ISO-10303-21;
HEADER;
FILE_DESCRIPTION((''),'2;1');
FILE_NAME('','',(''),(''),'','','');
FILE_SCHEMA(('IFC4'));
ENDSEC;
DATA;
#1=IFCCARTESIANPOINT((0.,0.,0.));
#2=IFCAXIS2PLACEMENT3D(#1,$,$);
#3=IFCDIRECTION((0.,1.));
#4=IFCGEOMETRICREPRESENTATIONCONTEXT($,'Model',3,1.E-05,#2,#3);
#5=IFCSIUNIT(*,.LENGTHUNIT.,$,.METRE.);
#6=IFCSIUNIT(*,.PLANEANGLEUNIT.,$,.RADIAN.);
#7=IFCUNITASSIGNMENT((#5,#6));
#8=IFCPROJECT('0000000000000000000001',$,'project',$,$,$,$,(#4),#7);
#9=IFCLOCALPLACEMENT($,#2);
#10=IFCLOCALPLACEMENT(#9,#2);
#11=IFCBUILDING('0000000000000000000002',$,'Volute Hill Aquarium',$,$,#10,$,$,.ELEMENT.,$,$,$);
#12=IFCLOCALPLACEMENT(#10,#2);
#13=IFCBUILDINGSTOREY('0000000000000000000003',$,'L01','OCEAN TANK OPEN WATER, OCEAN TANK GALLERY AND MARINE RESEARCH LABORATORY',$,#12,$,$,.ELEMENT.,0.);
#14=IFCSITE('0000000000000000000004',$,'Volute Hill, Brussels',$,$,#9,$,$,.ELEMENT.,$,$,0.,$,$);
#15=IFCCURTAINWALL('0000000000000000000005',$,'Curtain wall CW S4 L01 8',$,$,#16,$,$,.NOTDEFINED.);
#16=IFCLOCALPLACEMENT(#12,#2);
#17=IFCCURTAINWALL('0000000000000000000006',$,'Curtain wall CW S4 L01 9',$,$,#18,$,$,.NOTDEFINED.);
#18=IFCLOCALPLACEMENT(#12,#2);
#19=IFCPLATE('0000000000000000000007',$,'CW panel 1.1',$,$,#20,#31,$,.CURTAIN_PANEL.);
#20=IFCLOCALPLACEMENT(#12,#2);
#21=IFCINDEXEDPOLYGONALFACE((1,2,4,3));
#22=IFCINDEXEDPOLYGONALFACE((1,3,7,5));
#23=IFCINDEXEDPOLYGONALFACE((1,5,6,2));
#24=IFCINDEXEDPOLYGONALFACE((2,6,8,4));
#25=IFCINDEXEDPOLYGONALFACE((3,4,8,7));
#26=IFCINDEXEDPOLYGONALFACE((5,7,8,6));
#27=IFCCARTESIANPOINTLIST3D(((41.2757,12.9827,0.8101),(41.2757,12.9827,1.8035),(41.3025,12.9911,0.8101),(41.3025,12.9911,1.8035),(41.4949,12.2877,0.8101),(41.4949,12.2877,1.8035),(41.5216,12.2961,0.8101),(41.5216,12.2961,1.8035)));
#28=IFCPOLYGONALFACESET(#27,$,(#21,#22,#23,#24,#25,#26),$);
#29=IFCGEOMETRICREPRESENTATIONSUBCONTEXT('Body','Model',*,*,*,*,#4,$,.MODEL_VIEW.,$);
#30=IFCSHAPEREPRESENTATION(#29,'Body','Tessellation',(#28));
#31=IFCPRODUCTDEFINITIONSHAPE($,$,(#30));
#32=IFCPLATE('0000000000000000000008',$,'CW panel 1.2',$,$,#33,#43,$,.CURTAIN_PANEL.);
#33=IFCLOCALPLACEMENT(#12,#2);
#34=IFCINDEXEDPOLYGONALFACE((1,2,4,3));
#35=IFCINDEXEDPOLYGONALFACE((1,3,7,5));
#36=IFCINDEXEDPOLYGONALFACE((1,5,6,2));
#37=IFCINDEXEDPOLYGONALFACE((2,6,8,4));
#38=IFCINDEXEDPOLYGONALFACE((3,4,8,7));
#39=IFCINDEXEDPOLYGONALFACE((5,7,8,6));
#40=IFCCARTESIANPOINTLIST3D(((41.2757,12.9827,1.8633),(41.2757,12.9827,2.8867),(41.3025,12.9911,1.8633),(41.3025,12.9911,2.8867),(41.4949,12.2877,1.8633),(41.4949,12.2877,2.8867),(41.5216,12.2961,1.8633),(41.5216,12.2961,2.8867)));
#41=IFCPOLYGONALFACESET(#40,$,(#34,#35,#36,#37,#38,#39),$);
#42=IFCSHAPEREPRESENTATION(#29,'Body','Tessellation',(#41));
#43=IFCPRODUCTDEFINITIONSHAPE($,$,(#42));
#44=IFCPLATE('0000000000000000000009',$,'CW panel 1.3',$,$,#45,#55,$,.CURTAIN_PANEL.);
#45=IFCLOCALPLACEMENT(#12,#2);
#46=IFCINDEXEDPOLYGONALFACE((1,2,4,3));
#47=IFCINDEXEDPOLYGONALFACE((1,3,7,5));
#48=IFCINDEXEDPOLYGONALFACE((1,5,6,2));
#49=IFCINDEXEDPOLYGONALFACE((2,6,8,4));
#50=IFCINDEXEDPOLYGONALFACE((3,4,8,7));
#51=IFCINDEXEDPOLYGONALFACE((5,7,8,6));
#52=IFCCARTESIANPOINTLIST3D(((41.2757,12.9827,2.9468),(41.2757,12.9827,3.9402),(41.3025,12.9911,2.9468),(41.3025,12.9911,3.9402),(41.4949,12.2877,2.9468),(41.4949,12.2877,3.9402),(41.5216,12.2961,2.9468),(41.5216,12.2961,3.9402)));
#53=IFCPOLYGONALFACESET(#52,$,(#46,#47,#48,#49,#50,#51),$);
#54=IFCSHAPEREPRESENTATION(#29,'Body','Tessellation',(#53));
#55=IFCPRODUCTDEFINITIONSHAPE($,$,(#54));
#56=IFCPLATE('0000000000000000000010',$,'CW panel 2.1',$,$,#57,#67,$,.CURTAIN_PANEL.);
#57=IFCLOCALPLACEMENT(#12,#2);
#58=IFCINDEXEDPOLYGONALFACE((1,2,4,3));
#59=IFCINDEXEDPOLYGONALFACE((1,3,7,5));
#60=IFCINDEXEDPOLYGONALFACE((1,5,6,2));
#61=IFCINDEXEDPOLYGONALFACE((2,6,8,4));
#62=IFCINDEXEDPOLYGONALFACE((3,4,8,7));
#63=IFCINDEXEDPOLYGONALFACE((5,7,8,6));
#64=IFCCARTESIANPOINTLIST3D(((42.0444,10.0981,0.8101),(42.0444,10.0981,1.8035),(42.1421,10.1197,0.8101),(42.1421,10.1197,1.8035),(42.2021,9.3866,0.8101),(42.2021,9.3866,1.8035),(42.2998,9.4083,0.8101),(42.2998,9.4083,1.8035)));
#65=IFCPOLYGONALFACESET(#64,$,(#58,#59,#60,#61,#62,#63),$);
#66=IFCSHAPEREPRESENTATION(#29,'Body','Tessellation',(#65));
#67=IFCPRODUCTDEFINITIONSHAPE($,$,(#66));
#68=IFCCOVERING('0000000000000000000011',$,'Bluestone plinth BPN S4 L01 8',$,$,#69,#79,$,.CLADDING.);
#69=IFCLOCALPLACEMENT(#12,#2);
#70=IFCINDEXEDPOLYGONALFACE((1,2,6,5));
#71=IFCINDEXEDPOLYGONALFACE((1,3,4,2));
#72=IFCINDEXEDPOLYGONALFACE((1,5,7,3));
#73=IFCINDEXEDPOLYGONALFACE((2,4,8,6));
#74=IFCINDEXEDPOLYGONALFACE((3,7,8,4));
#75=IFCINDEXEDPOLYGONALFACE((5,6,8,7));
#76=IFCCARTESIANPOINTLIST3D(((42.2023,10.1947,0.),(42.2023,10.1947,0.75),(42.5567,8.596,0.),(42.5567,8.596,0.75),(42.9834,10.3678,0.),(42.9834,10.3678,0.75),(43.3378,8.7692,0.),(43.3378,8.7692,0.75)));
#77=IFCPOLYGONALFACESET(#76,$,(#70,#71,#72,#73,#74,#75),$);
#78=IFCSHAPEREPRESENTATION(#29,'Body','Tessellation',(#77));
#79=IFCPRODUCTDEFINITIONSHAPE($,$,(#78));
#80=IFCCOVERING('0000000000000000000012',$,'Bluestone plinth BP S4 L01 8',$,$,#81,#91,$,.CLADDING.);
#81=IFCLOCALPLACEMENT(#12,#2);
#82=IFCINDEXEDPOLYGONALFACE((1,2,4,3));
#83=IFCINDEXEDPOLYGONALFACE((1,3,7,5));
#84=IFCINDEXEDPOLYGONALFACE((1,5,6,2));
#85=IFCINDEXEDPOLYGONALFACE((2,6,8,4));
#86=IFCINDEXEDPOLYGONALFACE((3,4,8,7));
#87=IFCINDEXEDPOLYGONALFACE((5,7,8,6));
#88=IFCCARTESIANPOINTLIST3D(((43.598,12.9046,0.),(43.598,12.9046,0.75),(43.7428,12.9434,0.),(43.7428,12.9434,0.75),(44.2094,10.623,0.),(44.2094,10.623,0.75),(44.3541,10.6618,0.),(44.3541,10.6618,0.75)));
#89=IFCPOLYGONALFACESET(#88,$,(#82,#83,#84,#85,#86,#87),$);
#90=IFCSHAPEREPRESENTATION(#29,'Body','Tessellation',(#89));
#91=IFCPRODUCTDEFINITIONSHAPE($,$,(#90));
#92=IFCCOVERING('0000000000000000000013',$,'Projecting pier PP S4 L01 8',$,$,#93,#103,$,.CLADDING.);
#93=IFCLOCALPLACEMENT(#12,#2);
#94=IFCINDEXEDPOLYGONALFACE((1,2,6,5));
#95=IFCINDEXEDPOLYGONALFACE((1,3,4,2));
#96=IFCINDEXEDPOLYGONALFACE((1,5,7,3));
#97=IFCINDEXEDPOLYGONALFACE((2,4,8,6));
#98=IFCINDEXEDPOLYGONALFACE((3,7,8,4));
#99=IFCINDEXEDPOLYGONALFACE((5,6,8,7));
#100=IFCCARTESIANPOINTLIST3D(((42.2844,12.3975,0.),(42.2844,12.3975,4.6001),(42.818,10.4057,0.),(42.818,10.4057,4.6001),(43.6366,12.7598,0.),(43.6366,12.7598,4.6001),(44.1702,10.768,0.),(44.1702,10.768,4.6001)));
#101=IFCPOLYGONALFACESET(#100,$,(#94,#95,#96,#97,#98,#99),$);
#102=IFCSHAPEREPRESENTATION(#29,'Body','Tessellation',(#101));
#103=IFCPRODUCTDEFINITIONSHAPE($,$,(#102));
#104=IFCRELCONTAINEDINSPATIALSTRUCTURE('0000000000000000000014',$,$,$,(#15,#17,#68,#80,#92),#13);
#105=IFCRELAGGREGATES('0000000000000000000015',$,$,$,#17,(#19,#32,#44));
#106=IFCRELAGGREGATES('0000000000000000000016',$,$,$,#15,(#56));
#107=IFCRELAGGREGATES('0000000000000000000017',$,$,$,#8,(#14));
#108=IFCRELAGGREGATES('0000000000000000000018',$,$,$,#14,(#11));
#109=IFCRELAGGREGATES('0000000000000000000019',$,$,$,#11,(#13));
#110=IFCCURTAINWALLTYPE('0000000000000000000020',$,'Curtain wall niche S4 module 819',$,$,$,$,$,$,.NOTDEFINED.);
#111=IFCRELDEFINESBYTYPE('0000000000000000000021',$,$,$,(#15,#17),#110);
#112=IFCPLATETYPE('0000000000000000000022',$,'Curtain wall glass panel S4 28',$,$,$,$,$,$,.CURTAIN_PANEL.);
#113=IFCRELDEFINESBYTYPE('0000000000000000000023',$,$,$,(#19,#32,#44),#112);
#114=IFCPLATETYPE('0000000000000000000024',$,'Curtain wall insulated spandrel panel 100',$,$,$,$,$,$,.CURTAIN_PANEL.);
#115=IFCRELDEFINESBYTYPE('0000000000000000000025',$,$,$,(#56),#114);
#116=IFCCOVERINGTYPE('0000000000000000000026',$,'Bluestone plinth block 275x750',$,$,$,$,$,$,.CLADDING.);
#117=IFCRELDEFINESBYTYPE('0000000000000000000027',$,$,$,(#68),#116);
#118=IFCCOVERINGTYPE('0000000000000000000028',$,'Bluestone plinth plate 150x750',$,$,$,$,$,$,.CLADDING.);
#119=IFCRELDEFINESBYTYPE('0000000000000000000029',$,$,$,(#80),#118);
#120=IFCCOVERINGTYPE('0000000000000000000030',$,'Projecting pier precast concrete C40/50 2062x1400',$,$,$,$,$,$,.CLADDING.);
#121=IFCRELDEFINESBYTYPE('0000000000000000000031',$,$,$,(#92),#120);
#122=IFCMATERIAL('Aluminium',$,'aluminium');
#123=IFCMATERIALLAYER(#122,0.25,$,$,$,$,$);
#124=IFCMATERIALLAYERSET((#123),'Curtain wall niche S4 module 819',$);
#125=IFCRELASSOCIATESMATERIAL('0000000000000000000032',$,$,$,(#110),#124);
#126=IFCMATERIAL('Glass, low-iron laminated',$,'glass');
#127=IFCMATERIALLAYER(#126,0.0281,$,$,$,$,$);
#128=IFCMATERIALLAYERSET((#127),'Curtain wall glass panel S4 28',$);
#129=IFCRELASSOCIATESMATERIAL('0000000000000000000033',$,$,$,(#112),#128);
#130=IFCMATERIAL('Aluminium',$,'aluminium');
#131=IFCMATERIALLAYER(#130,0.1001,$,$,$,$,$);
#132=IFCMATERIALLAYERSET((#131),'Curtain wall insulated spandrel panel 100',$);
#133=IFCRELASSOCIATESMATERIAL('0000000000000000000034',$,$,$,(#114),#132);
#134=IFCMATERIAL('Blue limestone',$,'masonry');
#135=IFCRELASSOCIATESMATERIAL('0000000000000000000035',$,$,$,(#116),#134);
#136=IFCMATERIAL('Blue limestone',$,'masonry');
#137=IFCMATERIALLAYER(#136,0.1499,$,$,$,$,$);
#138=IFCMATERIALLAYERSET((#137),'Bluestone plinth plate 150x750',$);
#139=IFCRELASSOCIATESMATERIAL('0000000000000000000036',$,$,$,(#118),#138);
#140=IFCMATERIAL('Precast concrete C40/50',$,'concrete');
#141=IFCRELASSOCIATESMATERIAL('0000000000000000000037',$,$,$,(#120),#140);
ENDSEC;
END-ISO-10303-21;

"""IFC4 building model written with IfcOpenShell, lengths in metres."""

from ifc_helpers import new_model, si_unit, direction, frame, origin, origin_2d, place, context, subcontext, project, spatial, rectangle, extrude, material, layer, layer_set, type_object, element, aggregate, save


model = new_model("IFC4")

# Units and contexts
model_context = context("Model", 3, precision=1e-05, world=origin(), true_north=direction((0.0, 1.0)))
body_context = subcontext(model_context, "Body", "Model", "MODEL_VIEW")
ifc_project = project(units=[si_unit("LENGTHUNIT", "METRE"), si_unit("PLANEANGLEUNIT", "RADIAN")], contexts=[model_context])

# Site, building, storey
site_placement = place(None, origin())
site = spatial("IfcSite", under=ifc_project, at=site_placement, Name="Volute Hill, Brussels", CompositionType="ELEMENT", RefElevation=0.0)
building_placement = place(site_placement, origin())
building = spatial("IfcBuilding", under=site, at=building_placement, Name="Volute Hill Aquarium", CompositionType="ELEMENT")
storey_placement = place(building_placement, origin())
storey = spatial("IfcBuildingStorey", under=building, at=storey_placement, Name="L01", Description="OCEAN TANK OPEN WATER, OCEAN TANK GALLERY AND MARINE RESEARCH LABORATORY", CompositionType="ELEMENT", Elevation=0.0)

# Curtain wall
ifc_material_1 = material(Name="Aluminium", Category="aluminium")
ifc_layer_1 = layer(ifc_material_1, 0.25)
ifc_layer_set_1 = layer_set([ifc_layer_1], Name="Curtain wall niche S4 module 819")
curtain_wall_type = type_object("IfcCurtainWallType", Name="Curtain wall niche S4 module 819", PredefinedType="NOTDEFINED", material=ifc_layer_set_1)
curtain_wall_1_placement = place(storey_placement, origin())
curtain_wall_1 = element("IfcCurtainWall", 1, at=curtain_wall_1_placement, inside=storey, type_object=curtain_wall_type, Name="Curtain wall CW S4 L01 8", PredefinedType="NOTDEFINED")

# Curtain wall
curtain_wall_2_placement = place(storey_placement, origin())
curtain_wall_2 = element("IfcCurtainWall", 2, at=curtain_wall_2_placement, inside=storey, type_object=curtain_wall_type, Name="Curtain wall CW S4 L01 9", PredefinedType="NOTDEFINED")

# Plates
ifc_material_2 = material(Name="Glass, low-iron laminated", Category="glass")
ifc_layer_2 = layer(ifc_material_2, 0.0281)
ifc_layer_set_2 = layer_set([ifc_layer_2], Name="Curtain wall glass panel S4 28")
plate_type_1 = type_object("IfcPlateType", Name="Curtain wall glass panel S4 28", PredefinedType="CURTAIN_PANEL", material=ifc_layer_set_2)
plate_1_placement = place(storey_placement, frame((41.3987, 12.6394, 0.8101), z_axis=(0.0, 0.0, 1.0), x_axis=(-0.30071, 0.953716, 0.0)))
plate_1 = element("IfcPlate", 3, at=plate_1_placement, type_object=plate_type_1, Name="CW panel 1.1", PredefinedType="CURTAIN_PANEL", context=body_context, shape_type="SweptSolid", body=[
    extrude(rectangle(XDim=0.7288, YDim=0.0281, at=origin_2d()), origin(), (0.0, 0.0, 1.0), 0.9934),
])
plate_2_placement = place(storey_placement, frame((41.3987, 12.6394, 1.8633), z_axis=(0.0, 0.0, 1.0), x_axis=(-0.30071, 0.953716, 0.0)))
plate_2 = element("IfcPlate", 4, at=plate_2_placement, type_object=plate_type_1, Name="CW panel 1.2", PredefinedType="CURTAIN_PANEL", context=body_context, shape_type="SweptSolid", body=[
    extrude(rectangle(XDim=0.7288, YDim=0.0281, at=origin_2d()), origin(), (0.0, 0.0, 1.0), 1.0234),
])
plate_3_placement = place(storey_placement, frame((41.3987, 12.6394, 2.9468), z_axis=(0.0, 0.0, 1.0), x_axis=(-0.30071, 0.953716, 0.0)))
plate_3 = element("IfcPlate", 5, at=plate_3_placement, type_object=plate_type_1, Name="CW panel 1.3", PredefinedType="CURTAIN_PANEL", context=body_context, shape_type="SweptSolid", body=[
    extrude(rectangle(XDim=0.7288, YDim=0.0281, at=origin_2d()), origin(), (0.0, 0.0, 1.0), 0.9934),
])
aggregate(curtain_wall_2, [plate_1, plate_2, plate_3])
ifc_material_3 = material(Name="Aluminium", Category="aluminium")
ifc_layer_3 = layer(ifc_material_3, 0.1001)
ifc_layer_set_3 = layer_set([ifc_layer_3], Name="Curtain wall insulated spandrel panel 100")
plate_type_2 = type_object("IfcPlateType", Name="Curtain wall insulated spandrel panel 100", PredefinedType="CURTAIN_PANEL", material=ifc_layer_set_3)
plate_4_placement = place(storey_placement, frame((42.1721, 9.7532, 0.8101), z_axis=(0.0, 0.0, 1.0), x_axis=(-0.216436, 0.976297, 0.0)))
plate_4 = element("IfcPlate", 6, at=plate_4_placement, type_object=plate_type_2, Name="CW panel 2.1", PredefinedType="CURTAIN_PANEL", context=body_context, shape_type="SweptSolid", body=[
    extrude(rectangle(XDim=0.7288, YDim=0.1001, at=origin_2d()), origin(), (0.0, 0.0, 1.0), 0.9934),
])
aggregate(curtain_wall_1, [plate_4])

# Coverings
ifc_material_4 = material(Name="Blue limestone", Category="masonry")
covering_type_1 = type_object("IfcCoveringType", Name="Bluestone plinth block 275x750", PredefinedType="CLADDING", material=ifc_material_4)
covering_1_placement = place(storey_placement, frame((42.77, 9.4819, 0.0), z_axis=(0.0, 0.0, 1.0), x_axis=(-0.216436, 0.976297, 0.0)))
element("IfcCovering", 7, at=covering_1_placement, inside=storey, type_object=covering_type_1, Name="Bluestone plinth BPN S4 L01 8", PredefinedType="CLADDING", context=body_context, shape_type="SweptSolid", body=[
    extrude(rectangle(XDim=1.6375, YDim=0.8, at=origin_2d()), origin(), (0.0, 0.0, 1.0), 0.75),
])
ifc_material_5 = material(Name="Blue limestone", Category="masonry")
ifc_layer_4 = layer(ifc_material_5, 0.1499)
ifc_layer_set_4 = layer_set([ifc_layer_4], Name="Bluestone plinth plate 150x750")
covering_type_2 = type_object("IfcCoveringType", Name="Bluestone plinth plate 150x750", PredefinedType="CLADDING", material=ifc_layer_set_4)
covering_2_placement = place(storey_placement, frame((43.9761, 11.7832, 0.0), z_axis=(0.0, 0.0, 1.0), x_axis=(-0.258819, 0.965926, 0.0)))
element("IfcCovering", 8, at=covering_2_placement, inside=storey, type_object=covering_type_2, Name="Bluestone plinth BP S4 L01 8", PredefinedType="CLADDING", context=body_context, shape_type="SweptSolid", body=[
    extrude(rectangle(XDim=2.3621, YDim=0.1499, at=origin_2d()), origin(), (0.0, 0.0, 1.0), 0.75),
])
ifc_material_6 = material(Name="Precast concrete C40/50", Category="concrete")
covering_type_3 = type_object("IfcCoveringType", Name="Projecting pier precast concrete C40/50 2062x1400", PredefinedType="CLADDING", material=ifc_material_6)
covering_3_placement = place(storey_placement, frame((43.2273, 11.5828, 0.0), z_axis=(0.0, 0.0, 1.0), x_axis=(-0.258819, 0.965926, 0.0)))
element("IfcCovering", 9, at=covering_3_placement, inside=storey, type_object=covering_type_3, Name="Projecting pier PP S4 L01 8", PredefinedType="CLADDING", context=body_context, shape_type="SweptSolid", body=[
    extrude(rectangle(XDim=2.062, YDim=1.3999, at=origin_2d()), origin(), (0.0, 0.0, 1.0), 4.6001),
])

save(model, "model.ifc")
